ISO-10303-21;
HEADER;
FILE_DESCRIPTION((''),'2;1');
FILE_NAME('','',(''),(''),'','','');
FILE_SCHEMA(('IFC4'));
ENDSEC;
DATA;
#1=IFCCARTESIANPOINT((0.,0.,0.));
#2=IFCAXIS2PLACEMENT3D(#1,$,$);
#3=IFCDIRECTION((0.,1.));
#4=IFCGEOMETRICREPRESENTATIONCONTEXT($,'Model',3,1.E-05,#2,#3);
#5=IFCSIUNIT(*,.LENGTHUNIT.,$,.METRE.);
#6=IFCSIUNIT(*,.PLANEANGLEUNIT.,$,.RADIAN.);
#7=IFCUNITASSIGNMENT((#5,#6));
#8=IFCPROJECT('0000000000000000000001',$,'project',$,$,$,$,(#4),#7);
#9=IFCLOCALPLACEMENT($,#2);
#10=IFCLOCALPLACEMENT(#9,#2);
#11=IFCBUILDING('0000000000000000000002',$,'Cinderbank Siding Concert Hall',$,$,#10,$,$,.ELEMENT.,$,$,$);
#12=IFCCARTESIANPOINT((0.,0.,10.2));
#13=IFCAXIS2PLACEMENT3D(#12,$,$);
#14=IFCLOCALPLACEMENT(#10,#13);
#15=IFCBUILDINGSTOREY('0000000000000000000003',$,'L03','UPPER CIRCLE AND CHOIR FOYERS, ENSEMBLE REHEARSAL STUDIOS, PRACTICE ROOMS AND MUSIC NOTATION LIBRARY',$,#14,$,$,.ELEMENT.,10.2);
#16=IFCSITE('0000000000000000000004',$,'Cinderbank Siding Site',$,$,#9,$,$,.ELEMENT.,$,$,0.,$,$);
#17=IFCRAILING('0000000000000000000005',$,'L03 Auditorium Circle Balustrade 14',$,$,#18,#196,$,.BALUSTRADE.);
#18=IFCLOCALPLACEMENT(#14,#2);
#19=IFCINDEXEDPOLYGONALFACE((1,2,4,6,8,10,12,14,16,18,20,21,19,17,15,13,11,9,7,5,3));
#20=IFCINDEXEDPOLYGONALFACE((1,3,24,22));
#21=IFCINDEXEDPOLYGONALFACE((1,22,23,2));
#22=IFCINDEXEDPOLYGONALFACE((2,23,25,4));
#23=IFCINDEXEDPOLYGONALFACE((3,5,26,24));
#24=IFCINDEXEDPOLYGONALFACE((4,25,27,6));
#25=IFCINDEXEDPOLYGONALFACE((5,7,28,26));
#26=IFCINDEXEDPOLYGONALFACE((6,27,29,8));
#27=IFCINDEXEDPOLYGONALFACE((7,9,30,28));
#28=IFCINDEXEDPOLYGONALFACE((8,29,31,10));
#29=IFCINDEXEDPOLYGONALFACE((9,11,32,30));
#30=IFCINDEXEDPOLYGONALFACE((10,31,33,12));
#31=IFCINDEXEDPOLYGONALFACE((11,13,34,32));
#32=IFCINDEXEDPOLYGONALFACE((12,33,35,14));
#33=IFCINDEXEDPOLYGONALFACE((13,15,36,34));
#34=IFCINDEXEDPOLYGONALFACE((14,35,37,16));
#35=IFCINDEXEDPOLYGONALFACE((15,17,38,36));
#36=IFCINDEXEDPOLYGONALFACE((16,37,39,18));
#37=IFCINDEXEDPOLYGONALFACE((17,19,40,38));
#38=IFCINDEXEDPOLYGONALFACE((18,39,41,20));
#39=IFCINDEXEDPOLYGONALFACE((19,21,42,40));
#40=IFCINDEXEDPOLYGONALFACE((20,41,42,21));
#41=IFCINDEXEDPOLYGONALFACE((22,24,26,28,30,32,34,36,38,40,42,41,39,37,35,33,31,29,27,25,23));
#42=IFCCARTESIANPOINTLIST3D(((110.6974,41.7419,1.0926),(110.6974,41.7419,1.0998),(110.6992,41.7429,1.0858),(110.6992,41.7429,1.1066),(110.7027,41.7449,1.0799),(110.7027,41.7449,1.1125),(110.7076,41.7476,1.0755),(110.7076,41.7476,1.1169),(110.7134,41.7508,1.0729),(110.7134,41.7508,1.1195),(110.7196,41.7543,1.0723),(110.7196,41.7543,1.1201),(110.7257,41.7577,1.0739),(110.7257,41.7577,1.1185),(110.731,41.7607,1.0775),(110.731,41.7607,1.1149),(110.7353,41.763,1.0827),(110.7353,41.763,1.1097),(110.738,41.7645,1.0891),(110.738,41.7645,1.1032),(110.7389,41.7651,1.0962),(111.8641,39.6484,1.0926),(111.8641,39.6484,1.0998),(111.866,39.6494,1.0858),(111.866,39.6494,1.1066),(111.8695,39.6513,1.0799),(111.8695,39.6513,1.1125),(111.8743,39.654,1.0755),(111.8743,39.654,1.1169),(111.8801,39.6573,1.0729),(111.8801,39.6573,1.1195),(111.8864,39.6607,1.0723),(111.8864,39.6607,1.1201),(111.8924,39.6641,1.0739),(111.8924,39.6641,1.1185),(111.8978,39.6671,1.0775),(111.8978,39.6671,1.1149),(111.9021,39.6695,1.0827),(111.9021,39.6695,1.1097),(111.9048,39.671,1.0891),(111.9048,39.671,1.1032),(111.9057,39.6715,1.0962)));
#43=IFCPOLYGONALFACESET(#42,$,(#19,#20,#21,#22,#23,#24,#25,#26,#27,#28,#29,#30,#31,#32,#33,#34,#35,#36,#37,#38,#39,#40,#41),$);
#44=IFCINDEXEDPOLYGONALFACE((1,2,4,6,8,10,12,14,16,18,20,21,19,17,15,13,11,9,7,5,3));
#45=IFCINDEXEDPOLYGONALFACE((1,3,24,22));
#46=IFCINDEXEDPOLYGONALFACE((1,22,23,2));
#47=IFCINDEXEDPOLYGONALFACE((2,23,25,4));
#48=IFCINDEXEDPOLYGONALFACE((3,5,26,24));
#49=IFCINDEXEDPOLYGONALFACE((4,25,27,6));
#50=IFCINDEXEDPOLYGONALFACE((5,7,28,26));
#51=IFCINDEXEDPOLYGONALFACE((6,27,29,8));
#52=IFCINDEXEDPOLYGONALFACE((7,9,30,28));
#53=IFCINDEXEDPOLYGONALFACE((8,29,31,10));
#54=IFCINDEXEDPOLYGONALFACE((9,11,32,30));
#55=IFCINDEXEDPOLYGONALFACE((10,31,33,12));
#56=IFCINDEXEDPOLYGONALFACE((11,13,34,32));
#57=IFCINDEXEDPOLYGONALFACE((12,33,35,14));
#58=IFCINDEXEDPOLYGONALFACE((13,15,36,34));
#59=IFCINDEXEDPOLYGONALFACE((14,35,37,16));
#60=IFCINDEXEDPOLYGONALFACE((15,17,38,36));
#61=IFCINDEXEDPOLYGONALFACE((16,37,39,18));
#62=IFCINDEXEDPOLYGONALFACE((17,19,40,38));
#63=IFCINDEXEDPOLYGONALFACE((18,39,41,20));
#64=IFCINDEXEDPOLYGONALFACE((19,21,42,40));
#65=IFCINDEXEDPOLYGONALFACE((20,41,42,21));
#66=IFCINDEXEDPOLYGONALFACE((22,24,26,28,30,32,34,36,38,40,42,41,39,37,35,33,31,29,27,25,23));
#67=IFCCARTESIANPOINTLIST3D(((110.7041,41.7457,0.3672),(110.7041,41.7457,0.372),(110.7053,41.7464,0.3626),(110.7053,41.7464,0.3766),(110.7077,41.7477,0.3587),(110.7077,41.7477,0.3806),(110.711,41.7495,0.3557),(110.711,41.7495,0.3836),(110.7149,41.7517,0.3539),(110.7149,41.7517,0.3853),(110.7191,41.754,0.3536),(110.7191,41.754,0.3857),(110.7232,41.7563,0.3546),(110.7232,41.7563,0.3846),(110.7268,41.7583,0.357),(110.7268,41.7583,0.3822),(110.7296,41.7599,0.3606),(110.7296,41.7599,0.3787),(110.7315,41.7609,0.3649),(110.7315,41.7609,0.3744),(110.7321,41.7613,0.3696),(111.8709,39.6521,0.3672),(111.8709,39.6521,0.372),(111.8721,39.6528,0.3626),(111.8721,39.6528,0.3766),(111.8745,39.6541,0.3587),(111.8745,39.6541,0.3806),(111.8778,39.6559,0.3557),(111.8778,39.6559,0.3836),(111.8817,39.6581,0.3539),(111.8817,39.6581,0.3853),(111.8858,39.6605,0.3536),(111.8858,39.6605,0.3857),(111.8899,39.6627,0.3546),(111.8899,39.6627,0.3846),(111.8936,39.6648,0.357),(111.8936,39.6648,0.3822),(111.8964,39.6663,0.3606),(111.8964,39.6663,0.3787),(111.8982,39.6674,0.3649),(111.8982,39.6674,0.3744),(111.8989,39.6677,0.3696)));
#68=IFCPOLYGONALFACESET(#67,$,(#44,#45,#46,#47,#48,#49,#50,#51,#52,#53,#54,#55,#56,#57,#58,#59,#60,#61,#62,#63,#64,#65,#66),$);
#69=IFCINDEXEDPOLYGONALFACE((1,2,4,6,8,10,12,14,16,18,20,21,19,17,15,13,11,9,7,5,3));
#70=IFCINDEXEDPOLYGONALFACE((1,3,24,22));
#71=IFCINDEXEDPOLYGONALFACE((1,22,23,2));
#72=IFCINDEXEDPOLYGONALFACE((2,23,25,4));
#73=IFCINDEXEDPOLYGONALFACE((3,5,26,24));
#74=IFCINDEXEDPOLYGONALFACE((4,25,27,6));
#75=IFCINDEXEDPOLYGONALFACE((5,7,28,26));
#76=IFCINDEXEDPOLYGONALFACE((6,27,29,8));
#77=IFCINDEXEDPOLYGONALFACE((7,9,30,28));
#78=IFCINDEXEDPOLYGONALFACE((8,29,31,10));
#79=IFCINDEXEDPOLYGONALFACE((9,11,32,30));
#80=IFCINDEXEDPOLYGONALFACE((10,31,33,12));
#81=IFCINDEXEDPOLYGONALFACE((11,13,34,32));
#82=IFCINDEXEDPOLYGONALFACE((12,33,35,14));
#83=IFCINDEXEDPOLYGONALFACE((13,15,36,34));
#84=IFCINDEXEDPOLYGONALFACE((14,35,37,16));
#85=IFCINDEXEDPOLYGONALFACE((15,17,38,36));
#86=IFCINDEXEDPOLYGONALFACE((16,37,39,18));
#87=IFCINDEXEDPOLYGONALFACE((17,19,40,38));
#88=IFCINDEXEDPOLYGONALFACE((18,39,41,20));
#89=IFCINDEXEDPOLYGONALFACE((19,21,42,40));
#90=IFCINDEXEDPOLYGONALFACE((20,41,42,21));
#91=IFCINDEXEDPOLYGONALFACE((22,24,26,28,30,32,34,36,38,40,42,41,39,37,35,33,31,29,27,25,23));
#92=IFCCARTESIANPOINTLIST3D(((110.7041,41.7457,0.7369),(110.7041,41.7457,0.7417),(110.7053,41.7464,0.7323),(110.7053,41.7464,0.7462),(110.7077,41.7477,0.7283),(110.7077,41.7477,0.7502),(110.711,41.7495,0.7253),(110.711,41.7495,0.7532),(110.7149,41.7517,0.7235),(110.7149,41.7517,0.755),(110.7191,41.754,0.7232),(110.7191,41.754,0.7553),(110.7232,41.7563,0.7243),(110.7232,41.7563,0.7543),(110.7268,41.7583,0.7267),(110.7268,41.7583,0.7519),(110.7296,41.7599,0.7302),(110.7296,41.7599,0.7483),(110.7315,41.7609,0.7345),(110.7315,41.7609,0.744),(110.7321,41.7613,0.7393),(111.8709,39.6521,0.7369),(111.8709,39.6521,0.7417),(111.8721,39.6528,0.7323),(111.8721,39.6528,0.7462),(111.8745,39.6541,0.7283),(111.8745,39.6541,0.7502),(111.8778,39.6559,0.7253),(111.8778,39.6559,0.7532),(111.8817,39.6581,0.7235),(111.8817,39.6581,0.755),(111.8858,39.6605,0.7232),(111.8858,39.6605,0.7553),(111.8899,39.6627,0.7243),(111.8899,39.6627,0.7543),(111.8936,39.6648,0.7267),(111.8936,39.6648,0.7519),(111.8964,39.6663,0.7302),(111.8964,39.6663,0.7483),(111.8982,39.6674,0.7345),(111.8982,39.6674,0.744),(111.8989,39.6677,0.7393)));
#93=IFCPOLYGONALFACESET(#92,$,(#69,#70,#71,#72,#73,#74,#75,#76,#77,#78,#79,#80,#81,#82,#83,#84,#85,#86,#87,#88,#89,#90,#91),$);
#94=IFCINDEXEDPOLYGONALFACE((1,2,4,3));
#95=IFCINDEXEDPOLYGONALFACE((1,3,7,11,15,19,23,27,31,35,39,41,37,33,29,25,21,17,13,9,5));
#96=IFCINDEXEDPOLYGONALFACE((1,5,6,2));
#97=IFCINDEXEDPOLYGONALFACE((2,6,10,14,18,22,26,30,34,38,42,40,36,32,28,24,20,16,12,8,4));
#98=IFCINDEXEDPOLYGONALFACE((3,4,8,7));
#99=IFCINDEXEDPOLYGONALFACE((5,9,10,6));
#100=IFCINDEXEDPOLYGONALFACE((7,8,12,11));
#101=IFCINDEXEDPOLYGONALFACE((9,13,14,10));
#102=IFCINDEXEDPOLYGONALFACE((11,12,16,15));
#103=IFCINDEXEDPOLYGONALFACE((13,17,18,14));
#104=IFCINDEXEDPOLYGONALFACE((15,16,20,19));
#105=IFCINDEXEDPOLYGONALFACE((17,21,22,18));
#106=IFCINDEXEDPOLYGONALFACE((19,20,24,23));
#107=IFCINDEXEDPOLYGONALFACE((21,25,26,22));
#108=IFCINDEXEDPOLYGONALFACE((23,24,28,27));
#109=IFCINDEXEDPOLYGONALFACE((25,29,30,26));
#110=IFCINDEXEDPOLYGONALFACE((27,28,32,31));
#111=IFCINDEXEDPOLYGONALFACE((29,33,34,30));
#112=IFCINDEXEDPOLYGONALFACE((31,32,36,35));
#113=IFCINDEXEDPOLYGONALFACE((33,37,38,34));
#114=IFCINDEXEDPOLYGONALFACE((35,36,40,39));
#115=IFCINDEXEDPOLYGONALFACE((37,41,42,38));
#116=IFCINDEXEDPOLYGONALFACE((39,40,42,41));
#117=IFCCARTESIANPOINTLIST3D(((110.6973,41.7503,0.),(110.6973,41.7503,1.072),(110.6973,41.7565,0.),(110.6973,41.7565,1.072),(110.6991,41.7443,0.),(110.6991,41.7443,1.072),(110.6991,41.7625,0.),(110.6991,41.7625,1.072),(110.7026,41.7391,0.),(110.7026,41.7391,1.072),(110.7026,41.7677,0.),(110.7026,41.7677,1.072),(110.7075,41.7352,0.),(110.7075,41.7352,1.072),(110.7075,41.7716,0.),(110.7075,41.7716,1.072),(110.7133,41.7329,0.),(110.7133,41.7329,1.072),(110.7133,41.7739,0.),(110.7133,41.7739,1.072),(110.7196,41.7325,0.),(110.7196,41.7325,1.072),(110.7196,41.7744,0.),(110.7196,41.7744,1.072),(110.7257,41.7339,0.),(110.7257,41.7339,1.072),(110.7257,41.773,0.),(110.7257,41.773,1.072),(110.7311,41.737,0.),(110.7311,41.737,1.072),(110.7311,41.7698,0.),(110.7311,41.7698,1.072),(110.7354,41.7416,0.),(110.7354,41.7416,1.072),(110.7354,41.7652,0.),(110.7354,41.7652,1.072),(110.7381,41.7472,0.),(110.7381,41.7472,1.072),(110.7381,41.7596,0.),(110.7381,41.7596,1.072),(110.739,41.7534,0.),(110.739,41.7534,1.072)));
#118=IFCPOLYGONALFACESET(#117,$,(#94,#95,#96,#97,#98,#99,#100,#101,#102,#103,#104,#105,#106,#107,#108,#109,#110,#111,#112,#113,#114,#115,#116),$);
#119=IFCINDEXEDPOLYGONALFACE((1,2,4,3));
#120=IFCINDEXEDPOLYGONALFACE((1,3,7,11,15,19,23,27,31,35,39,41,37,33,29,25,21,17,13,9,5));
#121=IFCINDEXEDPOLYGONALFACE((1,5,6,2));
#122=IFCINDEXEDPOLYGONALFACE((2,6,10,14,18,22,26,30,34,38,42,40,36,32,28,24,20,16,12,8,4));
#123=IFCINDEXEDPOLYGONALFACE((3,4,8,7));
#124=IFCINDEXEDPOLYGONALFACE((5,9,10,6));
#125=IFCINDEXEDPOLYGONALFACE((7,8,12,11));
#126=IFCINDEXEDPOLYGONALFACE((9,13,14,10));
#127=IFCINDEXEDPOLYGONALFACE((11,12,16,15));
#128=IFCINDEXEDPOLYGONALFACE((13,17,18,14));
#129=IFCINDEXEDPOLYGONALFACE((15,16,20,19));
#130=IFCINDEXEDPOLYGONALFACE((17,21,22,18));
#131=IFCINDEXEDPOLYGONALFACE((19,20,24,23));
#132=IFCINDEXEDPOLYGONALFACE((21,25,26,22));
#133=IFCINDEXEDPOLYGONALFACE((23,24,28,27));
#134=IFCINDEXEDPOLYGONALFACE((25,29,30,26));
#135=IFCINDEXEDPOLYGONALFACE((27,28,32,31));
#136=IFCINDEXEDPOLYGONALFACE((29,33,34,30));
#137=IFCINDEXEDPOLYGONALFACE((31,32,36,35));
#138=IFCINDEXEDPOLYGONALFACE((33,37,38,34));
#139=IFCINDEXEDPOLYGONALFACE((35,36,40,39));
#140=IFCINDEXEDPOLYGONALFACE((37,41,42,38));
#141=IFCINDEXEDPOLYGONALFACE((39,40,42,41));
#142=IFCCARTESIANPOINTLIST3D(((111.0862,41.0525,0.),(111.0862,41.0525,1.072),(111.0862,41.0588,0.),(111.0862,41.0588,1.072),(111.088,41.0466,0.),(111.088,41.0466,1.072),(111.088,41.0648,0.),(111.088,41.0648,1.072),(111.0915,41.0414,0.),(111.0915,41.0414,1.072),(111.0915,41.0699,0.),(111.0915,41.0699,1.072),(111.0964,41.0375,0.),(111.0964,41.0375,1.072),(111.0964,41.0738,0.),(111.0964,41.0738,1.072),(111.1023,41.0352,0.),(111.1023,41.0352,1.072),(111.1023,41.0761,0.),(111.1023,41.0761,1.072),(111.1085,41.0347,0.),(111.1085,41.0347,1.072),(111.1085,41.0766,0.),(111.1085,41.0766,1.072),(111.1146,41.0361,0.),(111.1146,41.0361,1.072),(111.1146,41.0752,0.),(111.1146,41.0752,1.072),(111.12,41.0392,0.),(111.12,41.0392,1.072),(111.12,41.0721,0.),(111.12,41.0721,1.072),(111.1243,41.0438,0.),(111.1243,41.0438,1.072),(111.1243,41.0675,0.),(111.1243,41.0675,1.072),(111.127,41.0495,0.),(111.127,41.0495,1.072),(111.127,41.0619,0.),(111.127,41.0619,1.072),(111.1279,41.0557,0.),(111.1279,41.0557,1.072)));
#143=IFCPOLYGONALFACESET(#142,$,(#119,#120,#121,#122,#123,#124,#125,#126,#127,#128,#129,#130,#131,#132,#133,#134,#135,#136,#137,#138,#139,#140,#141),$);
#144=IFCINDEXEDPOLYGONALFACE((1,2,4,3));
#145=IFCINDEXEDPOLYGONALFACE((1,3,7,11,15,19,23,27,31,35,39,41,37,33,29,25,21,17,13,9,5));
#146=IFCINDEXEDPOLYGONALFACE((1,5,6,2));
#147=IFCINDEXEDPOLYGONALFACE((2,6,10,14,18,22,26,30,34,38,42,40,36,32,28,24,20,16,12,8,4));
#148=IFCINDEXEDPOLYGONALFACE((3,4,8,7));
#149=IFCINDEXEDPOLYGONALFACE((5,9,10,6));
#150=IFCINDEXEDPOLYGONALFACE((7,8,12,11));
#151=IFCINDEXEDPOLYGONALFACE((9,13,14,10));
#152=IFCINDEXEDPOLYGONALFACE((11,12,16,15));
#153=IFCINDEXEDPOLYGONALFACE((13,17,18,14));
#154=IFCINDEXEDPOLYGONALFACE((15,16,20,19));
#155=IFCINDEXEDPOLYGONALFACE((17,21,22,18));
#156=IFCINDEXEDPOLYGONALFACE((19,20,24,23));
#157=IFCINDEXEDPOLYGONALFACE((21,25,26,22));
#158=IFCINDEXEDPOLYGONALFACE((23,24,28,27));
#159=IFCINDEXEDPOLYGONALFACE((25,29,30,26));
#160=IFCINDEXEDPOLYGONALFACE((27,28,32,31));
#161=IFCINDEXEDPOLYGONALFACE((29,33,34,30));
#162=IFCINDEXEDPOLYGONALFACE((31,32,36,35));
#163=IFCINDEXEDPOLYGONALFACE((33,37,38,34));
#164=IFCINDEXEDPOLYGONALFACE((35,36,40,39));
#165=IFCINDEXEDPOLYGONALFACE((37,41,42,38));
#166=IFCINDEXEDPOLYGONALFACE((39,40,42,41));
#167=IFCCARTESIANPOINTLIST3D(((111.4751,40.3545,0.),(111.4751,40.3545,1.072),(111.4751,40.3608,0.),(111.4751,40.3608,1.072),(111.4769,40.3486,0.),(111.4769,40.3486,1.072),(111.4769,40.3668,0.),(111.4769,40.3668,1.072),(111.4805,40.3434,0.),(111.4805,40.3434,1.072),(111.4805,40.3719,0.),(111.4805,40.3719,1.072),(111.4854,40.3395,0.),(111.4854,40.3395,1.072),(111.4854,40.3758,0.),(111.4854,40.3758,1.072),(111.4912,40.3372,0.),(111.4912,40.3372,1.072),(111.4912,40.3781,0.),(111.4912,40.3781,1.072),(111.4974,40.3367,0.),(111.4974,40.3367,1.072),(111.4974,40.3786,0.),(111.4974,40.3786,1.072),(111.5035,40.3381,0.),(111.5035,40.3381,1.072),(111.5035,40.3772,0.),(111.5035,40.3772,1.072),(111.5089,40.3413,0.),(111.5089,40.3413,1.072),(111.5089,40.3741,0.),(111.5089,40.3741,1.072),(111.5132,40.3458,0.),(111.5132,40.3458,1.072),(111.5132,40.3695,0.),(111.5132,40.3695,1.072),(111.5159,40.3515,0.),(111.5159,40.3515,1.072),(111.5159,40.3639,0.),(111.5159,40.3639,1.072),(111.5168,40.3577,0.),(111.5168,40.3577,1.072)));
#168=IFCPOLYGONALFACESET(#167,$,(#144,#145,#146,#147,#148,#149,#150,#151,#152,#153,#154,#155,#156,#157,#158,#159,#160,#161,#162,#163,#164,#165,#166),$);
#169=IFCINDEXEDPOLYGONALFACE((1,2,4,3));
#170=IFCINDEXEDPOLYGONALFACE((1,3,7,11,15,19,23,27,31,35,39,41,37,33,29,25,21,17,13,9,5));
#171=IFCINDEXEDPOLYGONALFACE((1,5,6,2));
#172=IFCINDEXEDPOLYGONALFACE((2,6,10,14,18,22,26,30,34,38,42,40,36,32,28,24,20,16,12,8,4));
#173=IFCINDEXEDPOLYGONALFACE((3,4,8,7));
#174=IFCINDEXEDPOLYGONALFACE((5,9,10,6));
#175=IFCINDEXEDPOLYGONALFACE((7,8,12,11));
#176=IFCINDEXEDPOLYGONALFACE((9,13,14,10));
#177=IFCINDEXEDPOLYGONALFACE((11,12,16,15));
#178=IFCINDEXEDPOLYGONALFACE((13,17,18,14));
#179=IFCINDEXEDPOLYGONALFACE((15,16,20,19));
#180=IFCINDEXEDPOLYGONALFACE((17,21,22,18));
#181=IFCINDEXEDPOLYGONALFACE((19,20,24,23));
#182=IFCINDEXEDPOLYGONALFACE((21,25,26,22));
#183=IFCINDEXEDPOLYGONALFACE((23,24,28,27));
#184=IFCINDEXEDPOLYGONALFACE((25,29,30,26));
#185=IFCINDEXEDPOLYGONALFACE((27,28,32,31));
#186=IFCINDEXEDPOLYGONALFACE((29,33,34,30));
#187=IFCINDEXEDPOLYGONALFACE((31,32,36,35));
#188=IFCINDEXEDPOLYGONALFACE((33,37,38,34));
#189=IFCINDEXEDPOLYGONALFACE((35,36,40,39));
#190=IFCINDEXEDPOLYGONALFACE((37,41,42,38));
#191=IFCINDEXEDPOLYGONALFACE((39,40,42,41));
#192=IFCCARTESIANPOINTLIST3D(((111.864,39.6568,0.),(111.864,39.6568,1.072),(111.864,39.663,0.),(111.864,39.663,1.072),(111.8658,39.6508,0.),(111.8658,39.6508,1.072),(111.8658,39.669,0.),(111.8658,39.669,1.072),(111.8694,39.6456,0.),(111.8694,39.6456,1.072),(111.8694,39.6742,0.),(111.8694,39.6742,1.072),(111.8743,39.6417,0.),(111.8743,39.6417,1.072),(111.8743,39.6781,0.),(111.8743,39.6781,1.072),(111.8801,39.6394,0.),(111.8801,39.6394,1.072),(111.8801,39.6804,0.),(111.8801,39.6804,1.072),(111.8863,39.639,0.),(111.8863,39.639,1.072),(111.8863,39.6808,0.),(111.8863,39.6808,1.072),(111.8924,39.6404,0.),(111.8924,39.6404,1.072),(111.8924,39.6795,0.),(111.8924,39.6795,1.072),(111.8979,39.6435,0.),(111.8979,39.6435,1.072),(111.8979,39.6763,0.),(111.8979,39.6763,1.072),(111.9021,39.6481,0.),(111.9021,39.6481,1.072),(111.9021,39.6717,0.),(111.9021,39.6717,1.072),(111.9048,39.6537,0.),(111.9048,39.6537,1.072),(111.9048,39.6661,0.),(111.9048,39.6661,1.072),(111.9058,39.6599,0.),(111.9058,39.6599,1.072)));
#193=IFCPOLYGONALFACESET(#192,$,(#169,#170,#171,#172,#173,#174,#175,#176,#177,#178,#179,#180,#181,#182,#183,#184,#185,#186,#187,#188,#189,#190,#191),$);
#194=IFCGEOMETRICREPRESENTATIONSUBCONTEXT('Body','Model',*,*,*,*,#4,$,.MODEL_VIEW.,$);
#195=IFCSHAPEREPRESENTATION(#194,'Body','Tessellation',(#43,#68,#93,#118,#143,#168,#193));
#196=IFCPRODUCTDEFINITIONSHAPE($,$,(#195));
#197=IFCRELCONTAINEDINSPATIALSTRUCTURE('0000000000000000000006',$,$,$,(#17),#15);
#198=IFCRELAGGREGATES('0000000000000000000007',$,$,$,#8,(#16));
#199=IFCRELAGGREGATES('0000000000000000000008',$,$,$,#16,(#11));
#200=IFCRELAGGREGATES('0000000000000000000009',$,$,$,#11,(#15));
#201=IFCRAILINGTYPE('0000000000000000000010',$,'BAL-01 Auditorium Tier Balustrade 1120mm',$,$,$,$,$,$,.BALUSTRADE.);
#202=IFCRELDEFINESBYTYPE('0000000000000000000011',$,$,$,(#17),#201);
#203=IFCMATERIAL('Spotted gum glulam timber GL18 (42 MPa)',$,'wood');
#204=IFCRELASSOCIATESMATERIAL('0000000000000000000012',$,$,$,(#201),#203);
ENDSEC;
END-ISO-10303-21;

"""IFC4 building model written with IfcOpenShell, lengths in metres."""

from ifc_helpers import new_model, si_unit, direction, frame, origin, origin_2d, place, context, subcontext, project, spatial, circle, extrude, material, type_object, element, save


model = new_model("IFC4")

# Units and contexts
model_context = context("Model", 3, precision=1e-05, world=origin(), true_north=direction((0.0, 1.0)))
body_context = subcontext(model_context, "Body", "Model", "MODEL_VIEW")
ifc_project = project(units=[si_unit("LENGTHUNIT", "METRE"), si_unit("PLANEANGLEUNIT", "RADIAN")], contexts=[model_context])

# Site, building, storey
site_placement = place(None, origin())
site = spatial("IfcSite", under=ifc_project, at=site_placement, Name="Cinderbank Siding Site", CompositionType="ELEMENT", RefElevation=0.0)
building_placement = place(site_placement, origin())
building = spatial("IfcBuilding", under=site, at=building_placement, Name="Cinderbank Siding Concert Hall", CompositionType="ELEMENT")
storey_placement = place(building_placement, frame((0.0, 0.0, 10.2)))
storey = spatial("IfcBuildingStorey", under=building, at=storey_placement, Name="L03", Description="UPPER CIRCLE AND CHOIR FOYERS, ENSEMBLE REHEARSAL STUDIOS, PRACTICE ROOMS AND MUSIC NOTATION LIBRARY", CompositionType="ELEMENT", Elevation=10.2)

# Shared definitions
ifc_material_1 = material(Name="Spotted gum glulam timber GL18 (42 MPa)", Category="wood")

# Railing
railing_type = type_object("IfcRailingType", Name="BAL-01 Auditorium Tier Balustrade 1120mm", PredefinedType="BALUSTRADE", material=ifc_material_1)
railing_1_placement = place(storey_placement, frame((110.718, 41.7534, 0.0)))
element("IfcRailing", 1, at=railing_1_placement, inside=storey, type_object=railing_type, Name="L03 Auditorium Circle Balustrade 14", PredefinedType="BALUSTRADE", context=body_context, shape_type="SweptSolid", body=[
    extrude(circle(Radius=0.0239, at=origin_2d()), frame((0.0, 0.0, 1.0962), z_axis=(0.486819, -0.873503, 0.0), x_axis=(0.873503, 0.486819, 0.0)), (0.0, 0.0, 1.0), 2.3967),
    extrude(circle(Radius=0.0161, at=origin_2d()), frame((0.0, 0.0, 0.3696), z_axis=(0.486819, -0.873503, 0.0), x_axis=(0.873503, 0.486819, 0.0)), (0.0, 0.0, 1.0), 2.3967),
    extrude(circle(Radius=0.0161, at=origin_2d()), frame((0.0, 0.0, 0.7393), z_axis=(0.486819, -0.873503, 0.0), x_axis=(0.873503, 0.486819, 0.0)), (0.0, 0.0, 1.0), 2.3967),
    extrude(circle(Radius=0.021, at=origin_2d()), origin(), (0.0, 0.0, 1.0), 1.072),
    extrude(circle(Radius=0.021, at=origin_2d()), frame((0.3889, -0.6978, 0.0)), (0.0, 0.0, 1.0), 1.072),
    extrude(circle(Radius=0.021, at=origin_2d()), frame((0.7778, -1.3958, 0.0)), (0.0, 0.0, 1.0), 1.072),
    extrude(circle(Radius=0.021, at=origin_2d()), frame((1.1667, -2.0935, 0.0)), (0.0, 0.0, 1.0), 1.072),
])

save(model, "model.ifc")
